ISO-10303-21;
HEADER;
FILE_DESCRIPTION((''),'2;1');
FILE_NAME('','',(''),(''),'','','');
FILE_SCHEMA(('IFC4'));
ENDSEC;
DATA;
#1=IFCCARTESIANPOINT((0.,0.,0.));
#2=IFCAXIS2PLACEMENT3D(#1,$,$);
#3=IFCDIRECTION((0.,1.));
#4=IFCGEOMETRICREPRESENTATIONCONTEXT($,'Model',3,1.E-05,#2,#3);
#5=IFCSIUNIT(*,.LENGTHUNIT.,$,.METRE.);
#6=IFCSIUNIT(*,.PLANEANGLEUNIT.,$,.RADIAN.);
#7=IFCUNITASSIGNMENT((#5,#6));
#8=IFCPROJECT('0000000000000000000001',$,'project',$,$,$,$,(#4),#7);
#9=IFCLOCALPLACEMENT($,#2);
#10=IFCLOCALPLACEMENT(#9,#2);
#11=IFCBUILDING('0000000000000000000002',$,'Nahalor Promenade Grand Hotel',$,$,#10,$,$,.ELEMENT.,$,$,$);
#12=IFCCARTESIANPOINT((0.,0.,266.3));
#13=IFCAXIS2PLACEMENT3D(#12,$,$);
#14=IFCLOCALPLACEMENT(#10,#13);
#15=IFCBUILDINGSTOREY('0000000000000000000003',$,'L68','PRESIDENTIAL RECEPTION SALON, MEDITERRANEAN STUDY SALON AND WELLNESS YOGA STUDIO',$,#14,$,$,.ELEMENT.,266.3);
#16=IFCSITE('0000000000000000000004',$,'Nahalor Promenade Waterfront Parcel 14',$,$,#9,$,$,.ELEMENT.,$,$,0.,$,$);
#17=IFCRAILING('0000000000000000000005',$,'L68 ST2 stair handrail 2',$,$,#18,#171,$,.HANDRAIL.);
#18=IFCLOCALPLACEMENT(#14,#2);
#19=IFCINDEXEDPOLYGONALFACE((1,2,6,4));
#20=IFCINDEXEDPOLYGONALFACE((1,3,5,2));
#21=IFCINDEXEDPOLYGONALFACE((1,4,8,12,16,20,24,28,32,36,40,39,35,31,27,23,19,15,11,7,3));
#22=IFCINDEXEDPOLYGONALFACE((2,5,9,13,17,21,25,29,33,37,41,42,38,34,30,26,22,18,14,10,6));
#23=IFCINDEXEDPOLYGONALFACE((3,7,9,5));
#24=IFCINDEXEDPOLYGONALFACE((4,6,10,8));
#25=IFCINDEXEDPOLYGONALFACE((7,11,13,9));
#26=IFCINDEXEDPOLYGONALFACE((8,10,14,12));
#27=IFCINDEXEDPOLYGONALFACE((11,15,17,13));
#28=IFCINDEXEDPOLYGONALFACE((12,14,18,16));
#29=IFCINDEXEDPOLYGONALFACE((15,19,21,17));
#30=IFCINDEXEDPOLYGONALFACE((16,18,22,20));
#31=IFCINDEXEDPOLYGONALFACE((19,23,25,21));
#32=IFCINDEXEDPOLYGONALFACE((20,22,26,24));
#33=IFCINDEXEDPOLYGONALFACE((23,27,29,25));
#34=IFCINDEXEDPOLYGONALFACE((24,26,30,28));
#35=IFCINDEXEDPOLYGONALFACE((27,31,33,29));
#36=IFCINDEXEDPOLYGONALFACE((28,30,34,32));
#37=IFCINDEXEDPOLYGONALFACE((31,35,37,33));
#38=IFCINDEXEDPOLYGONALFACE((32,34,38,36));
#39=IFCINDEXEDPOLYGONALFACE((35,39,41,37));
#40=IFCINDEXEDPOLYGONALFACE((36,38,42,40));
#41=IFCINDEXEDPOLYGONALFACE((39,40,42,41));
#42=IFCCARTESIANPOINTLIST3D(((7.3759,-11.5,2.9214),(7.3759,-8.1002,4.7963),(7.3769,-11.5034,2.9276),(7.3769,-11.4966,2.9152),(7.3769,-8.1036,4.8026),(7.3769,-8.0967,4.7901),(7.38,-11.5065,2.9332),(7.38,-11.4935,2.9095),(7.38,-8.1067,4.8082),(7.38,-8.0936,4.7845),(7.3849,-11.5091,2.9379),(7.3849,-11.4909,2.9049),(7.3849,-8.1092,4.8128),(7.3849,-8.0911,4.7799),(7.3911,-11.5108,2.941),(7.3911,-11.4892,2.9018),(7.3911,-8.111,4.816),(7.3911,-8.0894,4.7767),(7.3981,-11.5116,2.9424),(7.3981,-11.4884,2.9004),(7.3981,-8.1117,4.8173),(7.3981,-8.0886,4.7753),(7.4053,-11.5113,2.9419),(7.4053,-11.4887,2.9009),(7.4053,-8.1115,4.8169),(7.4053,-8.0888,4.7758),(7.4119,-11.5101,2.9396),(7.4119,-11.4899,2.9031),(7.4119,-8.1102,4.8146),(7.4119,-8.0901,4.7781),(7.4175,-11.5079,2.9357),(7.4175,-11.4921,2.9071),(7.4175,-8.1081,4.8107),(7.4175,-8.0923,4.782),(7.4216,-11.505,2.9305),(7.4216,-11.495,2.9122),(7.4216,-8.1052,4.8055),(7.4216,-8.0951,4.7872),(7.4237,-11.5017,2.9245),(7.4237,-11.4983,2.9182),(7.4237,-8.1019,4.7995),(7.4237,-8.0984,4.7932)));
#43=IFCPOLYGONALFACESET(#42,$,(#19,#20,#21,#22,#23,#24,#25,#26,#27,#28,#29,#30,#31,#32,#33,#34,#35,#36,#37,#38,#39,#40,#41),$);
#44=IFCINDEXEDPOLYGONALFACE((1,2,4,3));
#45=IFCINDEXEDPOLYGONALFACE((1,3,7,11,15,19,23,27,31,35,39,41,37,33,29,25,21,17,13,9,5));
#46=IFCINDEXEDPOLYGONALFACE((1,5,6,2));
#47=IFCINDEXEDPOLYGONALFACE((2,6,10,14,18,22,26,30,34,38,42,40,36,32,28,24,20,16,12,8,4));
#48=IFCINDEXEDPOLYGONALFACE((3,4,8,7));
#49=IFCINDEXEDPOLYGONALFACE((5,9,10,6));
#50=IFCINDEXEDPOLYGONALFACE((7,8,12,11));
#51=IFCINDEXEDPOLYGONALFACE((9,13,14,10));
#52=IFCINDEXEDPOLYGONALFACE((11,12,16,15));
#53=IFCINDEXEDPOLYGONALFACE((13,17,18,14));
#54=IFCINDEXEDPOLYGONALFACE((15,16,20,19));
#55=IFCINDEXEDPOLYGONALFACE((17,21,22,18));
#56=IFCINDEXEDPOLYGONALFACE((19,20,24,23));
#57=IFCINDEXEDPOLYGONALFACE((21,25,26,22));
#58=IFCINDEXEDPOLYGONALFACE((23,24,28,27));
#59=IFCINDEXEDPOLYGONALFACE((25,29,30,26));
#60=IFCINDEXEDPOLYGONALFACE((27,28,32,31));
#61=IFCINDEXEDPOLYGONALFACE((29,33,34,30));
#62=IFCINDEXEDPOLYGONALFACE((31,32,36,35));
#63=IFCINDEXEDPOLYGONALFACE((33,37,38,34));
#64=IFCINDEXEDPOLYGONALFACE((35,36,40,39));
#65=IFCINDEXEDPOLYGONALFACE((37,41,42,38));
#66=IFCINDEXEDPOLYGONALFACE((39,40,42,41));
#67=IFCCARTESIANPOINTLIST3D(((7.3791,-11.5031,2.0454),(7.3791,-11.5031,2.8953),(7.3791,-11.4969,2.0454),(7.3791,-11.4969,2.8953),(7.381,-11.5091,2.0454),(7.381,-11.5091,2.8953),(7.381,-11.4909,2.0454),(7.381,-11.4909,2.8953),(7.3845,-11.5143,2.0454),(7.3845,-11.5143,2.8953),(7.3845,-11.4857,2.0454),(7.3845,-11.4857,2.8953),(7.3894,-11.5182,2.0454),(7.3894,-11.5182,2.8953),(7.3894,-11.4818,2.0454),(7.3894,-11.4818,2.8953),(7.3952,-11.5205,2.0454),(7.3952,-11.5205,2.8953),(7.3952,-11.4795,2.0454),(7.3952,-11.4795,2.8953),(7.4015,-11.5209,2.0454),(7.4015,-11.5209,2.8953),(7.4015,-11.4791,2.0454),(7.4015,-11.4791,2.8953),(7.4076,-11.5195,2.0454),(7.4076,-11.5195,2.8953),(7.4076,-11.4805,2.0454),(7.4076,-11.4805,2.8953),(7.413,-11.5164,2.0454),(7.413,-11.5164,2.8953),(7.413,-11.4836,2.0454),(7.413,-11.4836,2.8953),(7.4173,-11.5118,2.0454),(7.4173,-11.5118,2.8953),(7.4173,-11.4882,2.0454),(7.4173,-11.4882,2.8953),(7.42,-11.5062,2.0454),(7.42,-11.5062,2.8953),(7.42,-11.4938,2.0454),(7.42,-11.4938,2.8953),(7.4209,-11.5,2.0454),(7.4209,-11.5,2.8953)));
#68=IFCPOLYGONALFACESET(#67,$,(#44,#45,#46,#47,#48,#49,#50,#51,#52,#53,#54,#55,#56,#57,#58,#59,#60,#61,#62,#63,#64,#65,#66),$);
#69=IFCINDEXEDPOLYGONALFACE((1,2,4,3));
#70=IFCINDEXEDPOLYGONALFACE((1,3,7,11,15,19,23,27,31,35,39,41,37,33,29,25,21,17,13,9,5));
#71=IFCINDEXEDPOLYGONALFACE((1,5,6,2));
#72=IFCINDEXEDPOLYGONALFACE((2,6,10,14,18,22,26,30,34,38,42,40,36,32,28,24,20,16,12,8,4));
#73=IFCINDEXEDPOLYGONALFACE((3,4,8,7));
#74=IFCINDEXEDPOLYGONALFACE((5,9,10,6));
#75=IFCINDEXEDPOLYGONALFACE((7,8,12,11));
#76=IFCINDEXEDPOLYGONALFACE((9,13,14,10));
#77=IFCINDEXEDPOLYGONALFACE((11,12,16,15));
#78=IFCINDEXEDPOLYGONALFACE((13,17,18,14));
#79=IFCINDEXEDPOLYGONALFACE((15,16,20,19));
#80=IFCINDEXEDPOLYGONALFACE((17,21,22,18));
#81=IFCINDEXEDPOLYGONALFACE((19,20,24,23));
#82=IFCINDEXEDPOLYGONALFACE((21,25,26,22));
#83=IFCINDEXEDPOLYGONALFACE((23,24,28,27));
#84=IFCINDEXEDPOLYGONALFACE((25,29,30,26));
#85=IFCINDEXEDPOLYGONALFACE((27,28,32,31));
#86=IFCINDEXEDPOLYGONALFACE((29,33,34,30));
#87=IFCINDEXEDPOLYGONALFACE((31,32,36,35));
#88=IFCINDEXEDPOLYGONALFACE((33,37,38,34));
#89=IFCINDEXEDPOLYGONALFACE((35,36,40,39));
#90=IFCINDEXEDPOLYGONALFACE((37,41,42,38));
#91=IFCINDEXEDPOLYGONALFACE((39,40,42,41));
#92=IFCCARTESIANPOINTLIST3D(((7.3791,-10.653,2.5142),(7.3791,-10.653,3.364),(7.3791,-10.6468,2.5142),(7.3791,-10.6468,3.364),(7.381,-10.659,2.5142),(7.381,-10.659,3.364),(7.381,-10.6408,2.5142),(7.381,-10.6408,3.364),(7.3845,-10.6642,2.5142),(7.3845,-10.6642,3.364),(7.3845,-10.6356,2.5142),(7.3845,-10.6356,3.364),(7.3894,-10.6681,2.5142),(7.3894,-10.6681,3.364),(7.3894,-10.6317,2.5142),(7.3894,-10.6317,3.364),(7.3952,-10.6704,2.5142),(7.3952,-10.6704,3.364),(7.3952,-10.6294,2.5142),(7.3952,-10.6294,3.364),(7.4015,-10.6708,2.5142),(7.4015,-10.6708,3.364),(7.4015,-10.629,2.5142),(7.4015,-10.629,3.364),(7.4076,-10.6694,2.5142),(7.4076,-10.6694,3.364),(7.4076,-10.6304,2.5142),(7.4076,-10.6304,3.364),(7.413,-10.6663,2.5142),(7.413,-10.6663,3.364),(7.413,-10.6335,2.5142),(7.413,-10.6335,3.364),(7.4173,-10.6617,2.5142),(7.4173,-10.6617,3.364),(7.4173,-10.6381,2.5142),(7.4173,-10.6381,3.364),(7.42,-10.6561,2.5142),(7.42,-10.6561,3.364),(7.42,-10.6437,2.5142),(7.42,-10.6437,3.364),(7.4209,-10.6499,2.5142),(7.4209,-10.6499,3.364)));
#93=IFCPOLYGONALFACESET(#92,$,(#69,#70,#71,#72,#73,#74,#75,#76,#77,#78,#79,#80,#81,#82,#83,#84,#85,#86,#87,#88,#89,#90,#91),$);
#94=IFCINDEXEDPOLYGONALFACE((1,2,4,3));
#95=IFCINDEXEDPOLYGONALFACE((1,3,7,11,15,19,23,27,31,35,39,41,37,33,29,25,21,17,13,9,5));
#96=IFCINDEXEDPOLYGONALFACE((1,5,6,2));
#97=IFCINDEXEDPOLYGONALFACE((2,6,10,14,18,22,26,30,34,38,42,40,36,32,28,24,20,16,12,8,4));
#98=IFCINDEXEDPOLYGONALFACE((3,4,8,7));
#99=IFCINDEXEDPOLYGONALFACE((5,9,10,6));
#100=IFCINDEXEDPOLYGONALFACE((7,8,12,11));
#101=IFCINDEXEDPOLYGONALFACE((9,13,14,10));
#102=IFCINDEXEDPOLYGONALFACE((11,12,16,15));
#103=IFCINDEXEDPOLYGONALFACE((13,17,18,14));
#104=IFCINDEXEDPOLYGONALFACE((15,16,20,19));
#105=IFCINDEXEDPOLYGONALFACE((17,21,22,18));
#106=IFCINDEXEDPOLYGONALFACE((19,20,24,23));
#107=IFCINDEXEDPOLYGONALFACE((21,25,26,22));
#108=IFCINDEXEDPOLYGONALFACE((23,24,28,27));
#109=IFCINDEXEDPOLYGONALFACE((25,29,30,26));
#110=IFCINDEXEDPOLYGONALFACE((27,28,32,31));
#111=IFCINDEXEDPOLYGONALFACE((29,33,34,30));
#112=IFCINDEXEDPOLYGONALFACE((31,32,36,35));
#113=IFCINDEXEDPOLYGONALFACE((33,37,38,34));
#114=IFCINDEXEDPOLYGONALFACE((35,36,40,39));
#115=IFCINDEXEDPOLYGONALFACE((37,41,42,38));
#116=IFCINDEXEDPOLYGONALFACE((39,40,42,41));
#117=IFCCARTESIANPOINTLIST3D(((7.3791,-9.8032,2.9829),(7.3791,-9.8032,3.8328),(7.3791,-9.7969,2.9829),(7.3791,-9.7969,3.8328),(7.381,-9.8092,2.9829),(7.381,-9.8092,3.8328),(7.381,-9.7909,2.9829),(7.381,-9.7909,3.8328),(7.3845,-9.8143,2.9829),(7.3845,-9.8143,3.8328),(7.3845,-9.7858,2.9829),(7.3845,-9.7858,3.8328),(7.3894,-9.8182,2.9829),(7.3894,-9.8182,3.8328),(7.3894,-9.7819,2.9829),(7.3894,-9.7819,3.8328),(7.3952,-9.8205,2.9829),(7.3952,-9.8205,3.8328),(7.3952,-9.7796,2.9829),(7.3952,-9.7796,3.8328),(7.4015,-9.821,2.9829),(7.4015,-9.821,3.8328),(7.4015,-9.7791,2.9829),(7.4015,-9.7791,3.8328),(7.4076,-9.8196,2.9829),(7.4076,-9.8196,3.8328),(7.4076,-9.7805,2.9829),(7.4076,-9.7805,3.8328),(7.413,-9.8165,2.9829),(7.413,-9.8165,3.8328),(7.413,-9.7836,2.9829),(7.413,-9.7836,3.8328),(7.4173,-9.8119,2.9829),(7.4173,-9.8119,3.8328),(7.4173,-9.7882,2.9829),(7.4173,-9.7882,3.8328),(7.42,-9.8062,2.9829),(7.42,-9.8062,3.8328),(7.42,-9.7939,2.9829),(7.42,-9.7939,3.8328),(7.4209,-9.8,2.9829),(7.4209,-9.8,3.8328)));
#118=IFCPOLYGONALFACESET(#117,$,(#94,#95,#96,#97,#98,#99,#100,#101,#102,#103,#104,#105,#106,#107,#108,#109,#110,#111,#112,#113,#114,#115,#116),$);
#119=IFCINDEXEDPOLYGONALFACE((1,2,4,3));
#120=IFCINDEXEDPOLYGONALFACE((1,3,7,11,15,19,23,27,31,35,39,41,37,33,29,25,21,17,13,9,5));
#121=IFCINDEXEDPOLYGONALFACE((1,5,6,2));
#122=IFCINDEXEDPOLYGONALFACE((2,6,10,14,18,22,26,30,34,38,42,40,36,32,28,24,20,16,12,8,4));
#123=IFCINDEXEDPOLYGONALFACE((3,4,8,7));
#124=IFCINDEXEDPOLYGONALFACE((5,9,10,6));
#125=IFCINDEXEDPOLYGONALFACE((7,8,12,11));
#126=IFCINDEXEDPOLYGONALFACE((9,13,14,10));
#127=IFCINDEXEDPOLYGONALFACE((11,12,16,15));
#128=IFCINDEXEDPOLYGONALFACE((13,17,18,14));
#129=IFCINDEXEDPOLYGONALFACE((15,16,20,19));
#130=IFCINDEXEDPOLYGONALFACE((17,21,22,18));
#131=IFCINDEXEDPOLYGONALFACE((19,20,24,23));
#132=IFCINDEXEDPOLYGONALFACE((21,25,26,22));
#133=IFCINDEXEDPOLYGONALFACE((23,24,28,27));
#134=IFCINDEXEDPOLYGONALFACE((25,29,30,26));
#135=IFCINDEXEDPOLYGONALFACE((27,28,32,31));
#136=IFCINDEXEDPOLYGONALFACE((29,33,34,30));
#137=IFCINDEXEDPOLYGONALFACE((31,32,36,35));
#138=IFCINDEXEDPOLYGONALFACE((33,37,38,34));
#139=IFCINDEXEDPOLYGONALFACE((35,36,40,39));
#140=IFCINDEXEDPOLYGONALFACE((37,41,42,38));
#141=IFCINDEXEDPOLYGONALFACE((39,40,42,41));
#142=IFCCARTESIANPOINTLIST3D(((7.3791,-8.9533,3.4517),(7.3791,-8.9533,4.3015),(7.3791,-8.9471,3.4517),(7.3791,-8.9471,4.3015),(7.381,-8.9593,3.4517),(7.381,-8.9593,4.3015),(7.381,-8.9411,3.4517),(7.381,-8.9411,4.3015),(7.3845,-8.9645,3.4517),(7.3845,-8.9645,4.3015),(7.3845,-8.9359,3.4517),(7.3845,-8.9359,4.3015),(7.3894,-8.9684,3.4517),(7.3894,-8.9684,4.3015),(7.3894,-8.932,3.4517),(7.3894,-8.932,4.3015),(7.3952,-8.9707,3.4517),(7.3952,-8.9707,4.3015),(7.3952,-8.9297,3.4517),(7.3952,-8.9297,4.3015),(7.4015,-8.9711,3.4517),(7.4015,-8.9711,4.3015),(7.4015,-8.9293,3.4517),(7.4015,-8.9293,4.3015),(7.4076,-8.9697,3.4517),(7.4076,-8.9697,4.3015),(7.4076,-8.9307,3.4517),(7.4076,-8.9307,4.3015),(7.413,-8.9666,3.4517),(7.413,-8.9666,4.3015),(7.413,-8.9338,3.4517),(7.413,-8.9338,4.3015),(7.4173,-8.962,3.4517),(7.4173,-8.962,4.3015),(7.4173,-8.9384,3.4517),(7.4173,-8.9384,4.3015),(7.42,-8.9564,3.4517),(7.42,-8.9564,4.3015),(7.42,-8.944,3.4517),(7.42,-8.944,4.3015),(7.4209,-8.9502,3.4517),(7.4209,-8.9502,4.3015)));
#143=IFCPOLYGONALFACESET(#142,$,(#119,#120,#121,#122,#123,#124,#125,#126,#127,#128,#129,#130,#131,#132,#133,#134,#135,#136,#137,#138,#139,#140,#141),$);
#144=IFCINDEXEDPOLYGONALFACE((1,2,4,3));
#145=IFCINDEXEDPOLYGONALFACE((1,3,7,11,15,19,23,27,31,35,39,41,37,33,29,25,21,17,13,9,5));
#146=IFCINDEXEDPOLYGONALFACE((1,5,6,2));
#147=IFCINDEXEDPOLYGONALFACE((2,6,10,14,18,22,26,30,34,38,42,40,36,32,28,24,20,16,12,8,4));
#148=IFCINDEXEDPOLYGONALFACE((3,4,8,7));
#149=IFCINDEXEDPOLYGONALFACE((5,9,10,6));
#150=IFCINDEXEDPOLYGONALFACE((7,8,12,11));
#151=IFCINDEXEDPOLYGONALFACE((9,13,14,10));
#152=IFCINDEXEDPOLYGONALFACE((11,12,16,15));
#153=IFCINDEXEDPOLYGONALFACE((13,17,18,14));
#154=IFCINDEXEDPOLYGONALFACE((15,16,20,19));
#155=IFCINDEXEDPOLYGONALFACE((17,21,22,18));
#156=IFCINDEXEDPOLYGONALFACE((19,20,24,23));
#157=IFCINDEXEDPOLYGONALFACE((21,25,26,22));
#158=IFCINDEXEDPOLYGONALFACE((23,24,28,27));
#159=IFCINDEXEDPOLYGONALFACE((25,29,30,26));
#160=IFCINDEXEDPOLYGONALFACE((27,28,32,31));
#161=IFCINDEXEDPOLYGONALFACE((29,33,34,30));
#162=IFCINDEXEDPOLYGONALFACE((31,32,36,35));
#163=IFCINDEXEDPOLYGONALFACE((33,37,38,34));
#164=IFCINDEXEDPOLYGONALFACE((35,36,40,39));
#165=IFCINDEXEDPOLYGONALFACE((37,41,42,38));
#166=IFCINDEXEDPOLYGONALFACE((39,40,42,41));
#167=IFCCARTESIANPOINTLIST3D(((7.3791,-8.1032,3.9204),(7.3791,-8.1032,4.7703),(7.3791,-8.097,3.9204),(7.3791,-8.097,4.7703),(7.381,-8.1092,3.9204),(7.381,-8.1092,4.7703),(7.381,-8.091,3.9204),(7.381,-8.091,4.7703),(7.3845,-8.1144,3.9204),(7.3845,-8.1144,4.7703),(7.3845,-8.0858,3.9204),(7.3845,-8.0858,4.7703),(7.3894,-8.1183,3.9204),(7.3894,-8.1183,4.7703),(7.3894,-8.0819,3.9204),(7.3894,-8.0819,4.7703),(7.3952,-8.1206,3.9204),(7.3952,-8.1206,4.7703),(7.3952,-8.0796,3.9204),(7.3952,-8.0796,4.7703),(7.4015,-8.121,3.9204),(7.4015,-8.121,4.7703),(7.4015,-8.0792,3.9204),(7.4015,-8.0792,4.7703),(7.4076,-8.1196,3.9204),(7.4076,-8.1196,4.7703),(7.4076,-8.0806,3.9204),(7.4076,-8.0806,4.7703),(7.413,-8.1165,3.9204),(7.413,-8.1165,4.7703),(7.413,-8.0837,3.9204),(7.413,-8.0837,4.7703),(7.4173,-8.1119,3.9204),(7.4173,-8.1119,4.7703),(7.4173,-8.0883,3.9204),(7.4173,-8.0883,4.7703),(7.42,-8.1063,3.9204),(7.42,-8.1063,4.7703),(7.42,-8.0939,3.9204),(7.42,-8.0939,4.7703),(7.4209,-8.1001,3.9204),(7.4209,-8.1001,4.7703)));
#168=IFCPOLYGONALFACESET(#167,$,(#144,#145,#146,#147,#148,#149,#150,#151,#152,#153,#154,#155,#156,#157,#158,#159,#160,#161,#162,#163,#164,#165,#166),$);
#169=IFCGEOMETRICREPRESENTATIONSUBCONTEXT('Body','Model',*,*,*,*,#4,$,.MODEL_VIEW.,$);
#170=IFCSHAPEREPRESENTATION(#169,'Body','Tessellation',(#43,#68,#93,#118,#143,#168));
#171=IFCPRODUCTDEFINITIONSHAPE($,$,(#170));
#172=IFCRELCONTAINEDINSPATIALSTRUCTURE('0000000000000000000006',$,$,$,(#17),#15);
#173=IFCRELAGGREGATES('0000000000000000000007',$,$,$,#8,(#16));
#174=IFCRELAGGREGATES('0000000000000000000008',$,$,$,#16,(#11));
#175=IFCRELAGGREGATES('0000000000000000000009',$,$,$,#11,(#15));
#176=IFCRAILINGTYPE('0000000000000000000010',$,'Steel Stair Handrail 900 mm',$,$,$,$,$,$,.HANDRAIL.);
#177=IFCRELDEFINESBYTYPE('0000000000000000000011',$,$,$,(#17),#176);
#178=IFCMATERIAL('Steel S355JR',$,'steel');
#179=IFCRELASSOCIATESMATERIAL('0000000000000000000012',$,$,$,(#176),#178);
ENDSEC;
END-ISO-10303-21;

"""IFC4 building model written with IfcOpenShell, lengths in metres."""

from ifc_helpers import new_model, si_unit, direction, frame, origin, origin_2d, place, context, subcontext, project, spatial, circle, extrude, material, type_object, element, save


model = new_model("IFC4")

# Units and contexts
model_context = context("Model", 3, precision=1e-05, world=origin(), true_north=direction((0.0, 1.0)))
body_context = subcontext(model_context, "Body", "Model", "MODEL_VIEW")
ifc_project = project(units=[si_unit("LENGTHUNIT", "METRE"), si_unit("PLANEANGLEUNIT", "RADIAN")], contexts=[model_context])

# Site, building, storey
site_placement = place(None, origin())
site = spatial("IfcSite", under=ifc_project, at=site_placement, Name="Nahalor Promenade Waterfront Parcel 14", CompositionType="ELEMENT", RefElevation=0.0)
building_placement = place(site_placement, origin())
building = spatial("IfcBuilding", under=site, at=building_placement, Name="Nahalor Promenade Grand Hotel", CompositionType="ELEMENT")
storey_placement = place(building_placement, frame((0.0, 0.0, 266.3)))
storey = spatial("IfcBuildingStorey", under=building, at=storey_placement, Name="L68", Description="PRESIDENTIAL RECEPTION SALON, MEDITERRANEAN STUDY SALON AND WELLNESS YOGA STUDIO", CompositionType="ELEMENT", Elevation=266.3)

# Shared definitions
ifc_material_1 = material(Name="Steel S355JR", Category="steel")

# Railing
railing_type_1 = type_object("IfcRailingType", Name="Steel Stair Handrail 900 mm", PredefinedType="HANDRAIL", material=ifc_material_1)
railing_1_placement = place(storey_placement, frame((7.3999, -11.5, 2.0454)))
element("IfcRailing", 1, at=railing_1_placement, inside=storey, type_object=railing_type_1, Name="L68 ST2 stair handrail 2", PredefinedType="HANDRAIL", context=body_context, shape_type="SweptSolid", body=[
    extrude(circle(Radius=0.024, at=origin_2d()), frame((0.0, 0.0, 0.876), z_axis=(0.0, 0.875666, 0.482918), x_axis=(-1.0, 0.0, 0.0)), (0.0, 0.0, 1.0), 3.8826),
    extrude(circle(Radius=0.021, at=origin_2d()), origin(), (0.0, 0.0, 1.0), 0.8499),
    extrude(circle(Radius=0.021, at=origin_2d()), frame((0.0, 0.8501, 0.4688)), (0.0, 0.0, 1.0), 0.8499),
    extrude(circle(Radius=0.021, at=origin_2d()), frame((0.0, 1.7, 0.9375)), (0.0, 0.0, 1.0), 0.8499),
    extrude(circle(Radius=0.021, at=origin_2d()), frame((0.0, 2.5498, 1.4062)), (0.0, 0.0, 1.0), 0.8499),
    extrude(circle(Radius=0.021, at=origin_2d()), frame((0.0, 3.3999, 1.875)), (0.0, 0.0, 1.0), 0.8499),
])

save(model, "model.ifc")
